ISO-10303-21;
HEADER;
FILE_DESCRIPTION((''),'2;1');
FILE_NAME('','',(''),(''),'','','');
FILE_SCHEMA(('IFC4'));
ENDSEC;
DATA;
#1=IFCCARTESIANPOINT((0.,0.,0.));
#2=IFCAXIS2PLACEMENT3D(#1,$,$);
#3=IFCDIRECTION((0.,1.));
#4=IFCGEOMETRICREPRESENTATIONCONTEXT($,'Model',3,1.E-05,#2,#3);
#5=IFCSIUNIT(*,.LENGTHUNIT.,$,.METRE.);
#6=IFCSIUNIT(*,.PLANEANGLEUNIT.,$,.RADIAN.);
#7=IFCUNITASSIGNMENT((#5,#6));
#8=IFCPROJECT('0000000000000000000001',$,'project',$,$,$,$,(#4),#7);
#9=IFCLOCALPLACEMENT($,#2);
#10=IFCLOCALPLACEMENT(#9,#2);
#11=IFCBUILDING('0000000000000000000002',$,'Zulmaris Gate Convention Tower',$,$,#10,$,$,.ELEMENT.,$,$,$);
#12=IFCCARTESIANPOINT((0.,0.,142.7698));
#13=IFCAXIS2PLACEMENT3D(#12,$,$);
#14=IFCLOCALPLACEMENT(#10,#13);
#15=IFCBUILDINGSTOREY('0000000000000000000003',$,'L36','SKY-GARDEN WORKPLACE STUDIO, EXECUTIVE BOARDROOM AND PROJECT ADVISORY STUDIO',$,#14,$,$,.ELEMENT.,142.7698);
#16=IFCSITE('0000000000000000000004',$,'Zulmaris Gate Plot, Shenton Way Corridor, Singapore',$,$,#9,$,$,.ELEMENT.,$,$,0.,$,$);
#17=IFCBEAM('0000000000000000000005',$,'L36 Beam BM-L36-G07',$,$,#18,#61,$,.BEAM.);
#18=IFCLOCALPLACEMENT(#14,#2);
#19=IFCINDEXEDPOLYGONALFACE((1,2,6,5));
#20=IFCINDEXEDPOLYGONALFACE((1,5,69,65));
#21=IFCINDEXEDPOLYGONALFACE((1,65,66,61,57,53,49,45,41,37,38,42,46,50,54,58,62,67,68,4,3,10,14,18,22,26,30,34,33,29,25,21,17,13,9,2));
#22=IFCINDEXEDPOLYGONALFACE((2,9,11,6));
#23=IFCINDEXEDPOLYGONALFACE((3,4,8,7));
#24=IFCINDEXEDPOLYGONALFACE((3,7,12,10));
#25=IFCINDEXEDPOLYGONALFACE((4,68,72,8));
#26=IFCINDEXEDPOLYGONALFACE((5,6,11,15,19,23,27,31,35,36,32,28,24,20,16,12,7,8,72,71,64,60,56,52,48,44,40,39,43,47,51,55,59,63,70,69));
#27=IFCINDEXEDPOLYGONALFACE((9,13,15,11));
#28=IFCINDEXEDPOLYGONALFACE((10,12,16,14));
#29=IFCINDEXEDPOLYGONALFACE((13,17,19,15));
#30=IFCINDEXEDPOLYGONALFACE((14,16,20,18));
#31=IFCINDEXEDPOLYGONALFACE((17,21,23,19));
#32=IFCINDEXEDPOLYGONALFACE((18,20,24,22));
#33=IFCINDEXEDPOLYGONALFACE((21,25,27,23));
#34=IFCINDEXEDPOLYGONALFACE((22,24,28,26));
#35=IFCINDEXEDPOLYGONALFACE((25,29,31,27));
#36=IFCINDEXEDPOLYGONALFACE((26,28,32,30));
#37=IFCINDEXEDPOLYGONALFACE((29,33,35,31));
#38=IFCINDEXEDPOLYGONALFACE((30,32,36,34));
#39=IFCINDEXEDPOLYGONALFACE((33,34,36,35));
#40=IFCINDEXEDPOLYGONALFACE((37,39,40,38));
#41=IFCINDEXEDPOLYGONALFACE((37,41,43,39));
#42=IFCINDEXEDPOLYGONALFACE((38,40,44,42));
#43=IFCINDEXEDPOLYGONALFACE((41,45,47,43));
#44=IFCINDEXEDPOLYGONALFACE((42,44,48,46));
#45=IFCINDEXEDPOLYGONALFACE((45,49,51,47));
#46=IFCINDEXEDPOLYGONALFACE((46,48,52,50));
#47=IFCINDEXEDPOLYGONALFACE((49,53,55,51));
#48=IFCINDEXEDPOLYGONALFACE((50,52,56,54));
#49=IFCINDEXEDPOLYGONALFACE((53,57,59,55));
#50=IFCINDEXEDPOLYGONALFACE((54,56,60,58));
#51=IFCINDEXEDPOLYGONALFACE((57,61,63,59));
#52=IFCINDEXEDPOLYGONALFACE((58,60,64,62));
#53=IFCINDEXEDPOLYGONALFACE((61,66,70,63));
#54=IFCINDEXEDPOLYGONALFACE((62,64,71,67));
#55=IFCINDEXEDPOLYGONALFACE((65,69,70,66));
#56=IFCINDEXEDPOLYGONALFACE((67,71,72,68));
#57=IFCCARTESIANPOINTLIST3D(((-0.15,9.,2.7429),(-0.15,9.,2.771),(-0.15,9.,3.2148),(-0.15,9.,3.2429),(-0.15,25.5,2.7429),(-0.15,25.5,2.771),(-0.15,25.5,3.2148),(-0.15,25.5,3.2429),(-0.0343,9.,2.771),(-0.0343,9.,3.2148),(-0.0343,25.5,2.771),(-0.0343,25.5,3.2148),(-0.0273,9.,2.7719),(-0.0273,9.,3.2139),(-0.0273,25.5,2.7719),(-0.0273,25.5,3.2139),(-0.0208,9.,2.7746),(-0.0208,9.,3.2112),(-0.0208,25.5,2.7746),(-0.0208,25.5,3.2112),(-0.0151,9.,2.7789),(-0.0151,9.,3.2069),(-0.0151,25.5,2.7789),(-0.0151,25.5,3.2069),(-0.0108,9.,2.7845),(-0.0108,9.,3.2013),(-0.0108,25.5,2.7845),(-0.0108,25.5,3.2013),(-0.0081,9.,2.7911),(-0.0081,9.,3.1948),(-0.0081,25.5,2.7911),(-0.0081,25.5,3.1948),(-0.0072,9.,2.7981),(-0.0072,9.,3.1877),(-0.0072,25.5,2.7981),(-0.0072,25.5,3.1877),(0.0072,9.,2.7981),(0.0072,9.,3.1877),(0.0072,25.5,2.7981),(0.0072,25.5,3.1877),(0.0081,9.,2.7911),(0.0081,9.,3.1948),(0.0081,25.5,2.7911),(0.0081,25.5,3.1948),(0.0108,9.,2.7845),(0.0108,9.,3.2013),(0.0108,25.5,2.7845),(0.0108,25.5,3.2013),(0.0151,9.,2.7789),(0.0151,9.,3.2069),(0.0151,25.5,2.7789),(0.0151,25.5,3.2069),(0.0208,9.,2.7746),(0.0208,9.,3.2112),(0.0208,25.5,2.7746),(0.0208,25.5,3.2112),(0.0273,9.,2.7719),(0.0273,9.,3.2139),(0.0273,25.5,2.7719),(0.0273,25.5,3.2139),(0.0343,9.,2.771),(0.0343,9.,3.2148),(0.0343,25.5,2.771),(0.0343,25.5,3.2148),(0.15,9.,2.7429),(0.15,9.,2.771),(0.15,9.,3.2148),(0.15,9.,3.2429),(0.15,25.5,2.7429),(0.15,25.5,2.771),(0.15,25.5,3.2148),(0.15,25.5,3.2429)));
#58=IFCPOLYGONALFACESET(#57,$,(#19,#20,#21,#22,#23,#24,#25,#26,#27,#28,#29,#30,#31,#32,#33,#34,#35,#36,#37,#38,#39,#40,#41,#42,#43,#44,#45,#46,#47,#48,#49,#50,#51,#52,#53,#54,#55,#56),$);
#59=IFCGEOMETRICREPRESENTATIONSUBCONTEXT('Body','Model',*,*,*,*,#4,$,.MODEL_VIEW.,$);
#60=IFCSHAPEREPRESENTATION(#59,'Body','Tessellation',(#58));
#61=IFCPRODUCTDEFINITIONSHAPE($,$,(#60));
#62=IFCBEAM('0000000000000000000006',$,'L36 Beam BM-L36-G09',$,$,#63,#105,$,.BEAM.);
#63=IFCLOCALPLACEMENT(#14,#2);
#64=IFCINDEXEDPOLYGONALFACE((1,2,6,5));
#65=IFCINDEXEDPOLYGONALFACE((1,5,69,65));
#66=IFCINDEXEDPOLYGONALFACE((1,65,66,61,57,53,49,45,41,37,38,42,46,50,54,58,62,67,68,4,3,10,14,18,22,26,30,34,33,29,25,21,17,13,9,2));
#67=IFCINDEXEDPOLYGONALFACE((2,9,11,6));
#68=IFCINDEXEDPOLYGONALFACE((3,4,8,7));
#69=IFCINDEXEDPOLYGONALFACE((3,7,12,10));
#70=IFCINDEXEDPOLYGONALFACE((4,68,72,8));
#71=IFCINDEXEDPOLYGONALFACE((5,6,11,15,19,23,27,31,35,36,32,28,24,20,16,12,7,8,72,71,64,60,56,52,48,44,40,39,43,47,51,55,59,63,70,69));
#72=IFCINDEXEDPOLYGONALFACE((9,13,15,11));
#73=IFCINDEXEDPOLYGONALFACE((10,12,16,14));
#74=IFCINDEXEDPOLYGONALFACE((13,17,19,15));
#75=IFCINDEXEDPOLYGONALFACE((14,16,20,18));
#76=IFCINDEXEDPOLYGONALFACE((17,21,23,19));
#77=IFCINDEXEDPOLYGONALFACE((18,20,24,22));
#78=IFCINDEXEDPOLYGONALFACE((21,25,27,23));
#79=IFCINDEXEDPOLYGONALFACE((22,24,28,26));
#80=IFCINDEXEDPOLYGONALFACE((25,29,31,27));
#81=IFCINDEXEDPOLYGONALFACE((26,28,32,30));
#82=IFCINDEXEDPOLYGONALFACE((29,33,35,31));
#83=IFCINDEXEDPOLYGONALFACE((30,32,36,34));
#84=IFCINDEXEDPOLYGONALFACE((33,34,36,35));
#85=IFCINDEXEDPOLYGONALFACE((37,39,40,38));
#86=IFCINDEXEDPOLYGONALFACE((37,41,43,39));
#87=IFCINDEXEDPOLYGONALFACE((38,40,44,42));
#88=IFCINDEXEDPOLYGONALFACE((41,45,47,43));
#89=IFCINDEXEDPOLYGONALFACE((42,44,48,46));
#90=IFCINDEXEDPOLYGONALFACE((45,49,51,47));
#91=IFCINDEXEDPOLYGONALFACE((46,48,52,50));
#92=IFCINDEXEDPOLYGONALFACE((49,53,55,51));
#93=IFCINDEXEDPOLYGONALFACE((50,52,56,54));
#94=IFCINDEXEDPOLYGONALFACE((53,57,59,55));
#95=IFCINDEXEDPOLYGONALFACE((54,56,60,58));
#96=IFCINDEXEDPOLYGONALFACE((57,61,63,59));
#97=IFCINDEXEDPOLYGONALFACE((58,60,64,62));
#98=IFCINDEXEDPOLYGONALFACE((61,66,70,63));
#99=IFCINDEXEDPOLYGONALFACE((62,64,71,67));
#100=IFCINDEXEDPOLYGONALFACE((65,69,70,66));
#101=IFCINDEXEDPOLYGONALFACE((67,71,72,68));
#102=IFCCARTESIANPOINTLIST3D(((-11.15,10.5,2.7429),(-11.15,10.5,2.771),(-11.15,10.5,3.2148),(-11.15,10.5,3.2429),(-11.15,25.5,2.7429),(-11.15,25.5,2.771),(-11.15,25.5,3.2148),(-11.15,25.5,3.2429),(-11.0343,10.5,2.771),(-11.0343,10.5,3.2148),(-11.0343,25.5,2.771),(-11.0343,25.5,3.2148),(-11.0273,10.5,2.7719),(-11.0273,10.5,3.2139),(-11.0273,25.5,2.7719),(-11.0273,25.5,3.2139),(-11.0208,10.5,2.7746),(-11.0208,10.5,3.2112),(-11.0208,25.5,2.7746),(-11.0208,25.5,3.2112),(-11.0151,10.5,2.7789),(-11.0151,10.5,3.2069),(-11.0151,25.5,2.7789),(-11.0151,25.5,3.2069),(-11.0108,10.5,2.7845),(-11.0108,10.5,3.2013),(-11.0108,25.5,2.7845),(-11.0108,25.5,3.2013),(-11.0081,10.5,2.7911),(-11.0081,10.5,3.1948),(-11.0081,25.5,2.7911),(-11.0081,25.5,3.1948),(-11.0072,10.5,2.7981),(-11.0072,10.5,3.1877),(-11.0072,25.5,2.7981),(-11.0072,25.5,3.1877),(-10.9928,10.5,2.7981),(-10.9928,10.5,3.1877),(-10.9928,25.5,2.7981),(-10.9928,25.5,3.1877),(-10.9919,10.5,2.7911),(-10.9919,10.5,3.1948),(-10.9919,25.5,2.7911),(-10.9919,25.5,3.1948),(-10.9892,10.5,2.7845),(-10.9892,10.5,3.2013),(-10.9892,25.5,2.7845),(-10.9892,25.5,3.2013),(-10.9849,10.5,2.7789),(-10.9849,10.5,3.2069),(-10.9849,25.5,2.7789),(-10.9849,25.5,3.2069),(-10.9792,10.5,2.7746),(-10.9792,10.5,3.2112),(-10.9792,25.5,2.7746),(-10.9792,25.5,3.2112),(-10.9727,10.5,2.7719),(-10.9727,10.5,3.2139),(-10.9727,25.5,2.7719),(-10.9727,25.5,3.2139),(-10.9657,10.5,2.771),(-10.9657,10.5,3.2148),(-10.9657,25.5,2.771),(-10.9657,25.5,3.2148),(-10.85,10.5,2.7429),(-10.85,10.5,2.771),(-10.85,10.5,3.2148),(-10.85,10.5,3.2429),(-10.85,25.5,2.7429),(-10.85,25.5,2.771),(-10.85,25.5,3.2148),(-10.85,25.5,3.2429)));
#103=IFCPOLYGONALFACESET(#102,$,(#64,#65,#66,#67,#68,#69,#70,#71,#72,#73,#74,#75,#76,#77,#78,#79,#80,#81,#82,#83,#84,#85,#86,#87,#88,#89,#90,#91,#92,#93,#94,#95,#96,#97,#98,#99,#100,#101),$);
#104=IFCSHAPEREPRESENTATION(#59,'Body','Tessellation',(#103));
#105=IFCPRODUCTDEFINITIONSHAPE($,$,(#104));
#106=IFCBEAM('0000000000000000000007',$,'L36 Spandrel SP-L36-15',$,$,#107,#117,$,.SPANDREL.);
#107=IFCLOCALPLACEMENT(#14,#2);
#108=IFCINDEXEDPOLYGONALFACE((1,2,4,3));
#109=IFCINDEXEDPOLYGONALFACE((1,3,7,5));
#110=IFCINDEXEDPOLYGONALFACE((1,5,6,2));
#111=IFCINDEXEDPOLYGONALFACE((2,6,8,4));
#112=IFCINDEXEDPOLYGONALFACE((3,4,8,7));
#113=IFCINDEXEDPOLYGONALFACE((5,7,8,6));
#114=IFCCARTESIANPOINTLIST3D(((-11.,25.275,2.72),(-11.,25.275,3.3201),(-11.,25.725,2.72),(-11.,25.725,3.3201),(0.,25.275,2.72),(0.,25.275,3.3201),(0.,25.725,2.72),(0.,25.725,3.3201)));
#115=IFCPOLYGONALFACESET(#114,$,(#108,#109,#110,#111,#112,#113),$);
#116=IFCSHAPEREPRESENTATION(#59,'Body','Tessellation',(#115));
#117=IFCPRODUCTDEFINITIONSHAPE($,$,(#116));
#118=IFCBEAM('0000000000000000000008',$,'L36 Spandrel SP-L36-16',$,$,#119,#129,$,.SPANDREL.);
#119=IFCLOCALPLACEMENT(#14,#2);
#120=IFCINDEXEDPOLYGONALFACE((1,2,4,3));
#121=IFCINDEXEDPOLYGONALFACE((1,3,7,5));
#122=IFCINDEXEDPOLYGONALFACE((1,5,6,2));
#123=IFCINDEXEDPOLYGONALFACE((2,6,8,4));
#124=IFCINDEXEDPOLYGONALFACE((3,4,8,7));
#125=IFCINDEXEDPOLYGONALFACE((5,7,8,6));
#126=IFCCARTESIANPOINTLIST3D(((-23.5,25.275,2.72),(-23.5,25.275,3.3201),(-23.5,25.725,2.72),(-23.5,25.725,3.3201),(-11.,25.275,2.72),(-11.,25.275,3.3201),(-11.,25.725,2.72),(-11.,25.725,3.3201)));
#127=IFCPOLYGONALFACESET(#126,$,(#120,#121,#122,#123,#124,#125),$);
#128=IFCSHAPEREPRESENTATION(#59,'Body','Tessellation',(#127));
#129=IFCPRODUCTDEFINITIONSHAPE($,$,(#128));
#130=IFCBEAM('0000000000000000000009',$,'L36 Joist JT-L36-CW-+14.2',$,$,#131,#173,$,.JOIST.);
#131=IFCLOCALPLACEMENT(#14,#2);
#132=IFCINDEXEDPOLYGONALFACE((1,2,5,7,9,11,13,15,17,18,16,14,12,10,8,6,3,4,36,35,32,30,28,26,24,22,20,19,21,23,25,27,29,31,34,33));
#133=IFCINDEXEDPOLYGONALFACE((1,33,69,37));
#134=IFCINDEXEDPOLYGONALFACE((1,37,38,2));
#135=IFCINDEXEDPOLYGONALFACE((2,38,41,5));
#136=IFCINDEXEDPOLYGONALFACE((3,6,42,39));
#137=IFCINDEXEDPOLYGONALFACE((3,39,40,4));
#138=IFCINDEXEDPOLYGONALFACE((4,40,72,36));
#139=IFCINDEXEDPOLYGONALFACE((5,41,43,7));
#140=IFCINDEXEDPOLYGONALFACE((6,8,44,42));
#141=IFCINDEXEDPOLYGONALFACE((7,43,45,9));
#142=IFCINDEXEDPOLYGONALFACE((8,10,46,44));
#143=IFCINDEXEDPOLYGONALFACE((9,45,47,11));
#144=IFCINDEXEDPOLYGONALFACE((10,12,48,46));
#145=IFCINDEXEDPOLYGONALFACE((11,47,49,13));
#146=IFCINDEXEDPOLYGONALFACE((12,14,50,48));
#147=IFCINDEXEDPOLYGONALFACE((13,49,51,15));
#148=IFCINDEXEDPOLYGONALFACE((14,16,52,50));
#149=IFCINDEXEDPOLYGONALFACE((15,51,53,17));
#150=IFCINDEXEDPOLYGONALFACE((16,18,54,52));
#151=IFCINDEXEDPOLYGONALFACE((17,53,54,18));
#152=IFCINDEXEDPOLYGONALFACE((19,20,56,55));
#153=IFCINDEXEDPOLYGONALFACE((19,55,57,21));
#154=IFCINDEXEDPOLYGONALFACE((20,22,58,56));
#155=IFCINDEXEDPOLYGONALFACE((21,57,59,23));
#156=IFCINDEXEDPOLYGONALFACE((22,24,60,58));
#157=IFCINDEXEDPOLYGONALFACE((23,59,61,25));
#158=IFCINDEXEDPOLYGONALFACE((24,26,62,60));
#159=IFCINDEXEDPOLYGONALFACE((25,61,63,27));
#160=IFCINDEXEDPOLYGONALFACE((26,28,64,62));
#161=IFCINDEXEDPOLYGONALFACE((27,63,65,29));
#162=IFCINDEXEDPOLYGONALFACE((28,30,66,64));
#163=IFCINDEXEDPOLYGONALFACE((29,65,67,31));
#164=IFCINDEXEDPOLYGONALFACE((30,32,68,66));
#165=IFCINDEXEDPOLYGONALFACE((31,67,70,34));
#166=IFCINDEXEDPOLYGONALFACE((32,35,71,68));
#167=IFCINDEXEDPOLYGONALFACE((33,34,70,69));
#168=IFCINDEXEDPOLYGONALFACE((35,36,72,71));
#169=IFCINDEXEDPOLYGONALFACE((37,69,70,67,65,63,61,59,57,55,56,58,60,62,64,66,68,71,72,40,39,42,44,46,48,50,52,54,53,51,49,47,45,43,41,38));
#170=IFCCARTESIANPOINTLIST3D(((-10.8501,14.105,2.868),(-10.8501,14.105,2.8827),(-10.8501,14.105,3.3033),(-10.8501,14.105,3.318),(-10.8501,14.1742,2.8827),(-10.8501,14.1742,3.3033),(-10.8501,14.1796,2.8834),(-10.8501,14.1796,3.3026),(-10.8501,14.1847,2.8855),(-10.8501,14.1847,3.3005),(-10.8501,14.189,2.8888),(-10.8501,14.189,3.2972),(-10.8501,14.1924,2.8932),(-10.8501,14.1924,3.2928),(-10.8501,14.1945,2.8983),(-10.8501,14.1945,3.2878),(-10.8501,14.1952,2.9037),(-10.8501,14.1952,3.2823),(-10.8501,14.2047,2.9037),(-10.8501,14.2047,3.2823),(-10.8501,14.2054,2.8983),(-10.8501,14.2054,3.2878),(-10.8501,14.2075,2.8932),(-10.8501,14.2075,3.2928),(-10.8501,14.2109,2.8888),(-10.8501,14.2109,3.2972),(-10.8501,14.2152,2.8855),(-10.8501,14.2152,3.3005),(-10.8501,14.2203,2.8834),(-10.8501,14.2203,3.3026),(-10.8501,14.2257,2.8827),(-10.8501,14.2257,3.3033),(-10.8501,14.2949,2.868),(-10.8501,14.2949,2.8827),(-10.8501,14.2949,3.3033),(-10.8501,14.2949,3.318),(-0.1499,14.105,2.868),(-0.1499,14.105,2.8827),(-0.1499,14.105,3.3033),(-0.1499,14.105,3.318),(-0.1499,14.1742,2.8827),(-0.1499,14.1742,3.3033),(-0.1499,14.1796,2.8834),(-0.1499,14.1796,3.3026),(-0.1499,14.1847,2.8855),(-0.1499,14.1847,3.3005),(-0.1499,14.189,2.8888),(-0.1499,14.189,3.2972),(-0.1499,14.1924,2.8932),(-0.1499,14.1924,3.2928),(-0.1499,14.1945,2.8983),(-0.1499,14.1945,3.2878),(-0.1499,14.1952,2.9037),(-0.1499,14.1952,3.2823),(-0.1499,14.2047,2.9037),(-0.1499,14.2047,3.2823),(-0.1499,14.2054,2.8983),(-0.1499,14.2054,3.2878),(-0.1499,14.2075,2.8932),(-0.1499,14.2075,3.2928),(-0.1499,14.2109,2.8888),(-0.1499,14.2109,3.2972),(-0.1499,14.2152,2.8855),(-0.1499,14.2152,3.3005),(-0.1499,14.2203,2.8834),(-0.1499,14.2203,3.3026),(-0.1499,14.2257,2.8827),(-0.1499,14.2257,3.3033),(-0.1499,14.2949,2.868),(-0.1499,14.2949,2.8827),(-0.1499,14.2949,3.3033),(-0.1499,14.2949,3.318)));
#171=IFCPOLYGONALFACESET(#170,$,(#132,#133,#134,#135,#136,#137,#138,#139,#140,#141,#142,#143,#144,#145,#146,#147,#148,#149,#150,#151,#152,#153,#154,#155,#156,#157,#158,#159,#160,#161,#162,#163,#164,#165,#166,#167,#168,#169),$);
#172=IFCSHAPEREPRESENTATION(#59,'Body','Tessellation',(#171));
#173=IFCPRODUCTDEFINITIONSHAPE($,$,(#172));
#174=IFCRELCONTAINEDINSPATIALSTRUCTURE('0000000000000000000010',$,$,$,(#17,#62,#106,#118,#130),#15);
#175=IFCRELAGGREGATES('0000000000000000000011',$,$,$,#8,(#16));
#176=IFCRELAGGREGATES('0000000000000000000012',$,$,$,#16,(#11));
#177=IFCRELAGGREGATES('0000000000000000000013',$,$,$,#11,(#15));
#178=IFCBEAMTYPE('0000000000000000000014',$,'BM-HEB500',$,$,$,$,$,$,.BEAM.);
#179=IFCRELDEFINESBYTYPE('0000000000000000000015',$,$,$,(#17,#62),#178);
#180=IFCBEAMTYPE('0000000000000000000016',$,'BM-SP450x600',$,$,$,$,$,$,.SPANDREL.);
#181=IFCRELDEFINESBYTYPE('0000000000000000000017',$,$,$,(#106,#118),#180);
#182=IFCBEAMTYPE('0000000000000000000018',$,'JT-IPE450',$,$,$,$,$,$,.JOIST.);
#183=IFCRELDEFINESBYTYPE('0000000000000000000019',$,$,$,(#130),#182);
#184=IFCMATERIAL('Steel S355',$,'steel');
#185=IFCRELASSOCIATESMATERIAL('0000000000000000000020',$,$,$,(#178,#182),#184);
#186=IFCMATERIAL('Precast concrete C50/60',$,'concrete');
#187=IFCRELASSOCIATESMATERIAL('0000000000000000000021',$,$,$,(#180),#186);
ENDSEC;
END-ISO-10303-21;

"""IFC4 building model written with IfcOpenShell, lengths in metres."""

from ifc_helpers import new_model, si_unit, direction, frame, origin, origin_2d, place, context, subcontext, project, spatial, rectangle, i_section, extrude, material, material_profile, profile_set, type_object, element, save


model = new_model("IFC4")

# Units and contexts
model_context = context("Model", 3, precision=1e-05, world=origin(), true_north=direction((0.0, 1.0)))
body_context = subcontext(model_context, "Body", "Model", "MODEL_VIEW")
ifc_project = project(units=[si_unit("LENGTHUNIT", "METRE"), si_unit("PLANEANGLEUNIT", "RADIAN")], contexts=[model_context])

# Site, building, storey
site_placement = place(None, origin())
site = spatial("IfcSite", under=ifc_project, at=site_placement, Name="Zulmaris Gate Plot, Shenton Way Corridor, Singapore", CompositionType="ELEMENT", RefElevation=0.0)
building_placement = place(site_placement, origin())
building = spatial("IfcBuilding", under=site, at=building_placement, Name="Zulmaris Gate Convention Tower", CompositionType="ELEMENT")
storey_placement = place(building_placement, frame((0.0, 0.0, 142.7698)))
storey = spatial("IfcBuildingStorey", under=building, at=storey_placement, Name="L36", Description="SKY-GARDEN WORKPLACE STUDIO, EXECUTIVE BOARDROOM AND PROJECT ADVISORY STUDIO", CompositionType="ELEMENT", Elevation=142.7698)

# Beams
ifc_material_1 = material(Name="Steel S355", Category="steel")
ifc_material_profile_1 = material_profile(ifc_material_1, i_section(OverallWidth=0.3, OverallDepth=0.5, WebThickness=0.0144, FlangeThickness=0.0281, FilletRadius=0.0271, at=origin_2d()), Name="HEB 500")
ifc_profile_set_1 = profile_set([ifc_material_profile_1], Name="Steel S355")
beam_type_1 = type_object("IfcBeamType", Name="BM-HEB500", PredefinedType="BEAM", material=ifc_profile_set_1)
beam_1_placement = place(storey_placement, frame((0.0, 9.0, 2.9929), z_axis=(0.0, 1.0, 0.0), x_axis=(-1.0, 0.0, 0.0)))
element("IfcBeam", 1, at=beam_1_placement, inside=storey, type_object=beam_type_1, Name="L36 Beam BM-L36-G07", PredefinedType="BEAM", context=body_context, shape_type="SweptSolid", body=[
    extrude(i_section(OverallWidth=0.3, OverallDepth=0.5, WebThickness=0.0144, FlangeThickness=0.0281, FilletRadius=0.0271, at=origin_2d()), origin(), (0.0, 0.0, 1.0), 16.5),
])
beam_2_placement = place(storey_placement, frame((-11.0, 10.5, 2.9929), z_axis=(0.0, 1.0, 0.0), x_axis=(-1.0, 0.0, 0.0)))
element("IfcBeam", 2, at=beam_2_placement, inside=storey, type_object=beam_type_1, Name="L36 Beam BM-L36-G09", PredefinedType="BEAM", context=body_context, shape_type="SweptSolid", body=[
    extrude(i_section(OverallWidth=0.3, OverallDepth=0.5, WebThickness=0.0144, FlangeThickness=0.0281, FilletRadius=0.0271, at=origin_2d()), origin(), (0.0, 0.0, 1.0), 15.0),
])
ifc_material_2 = material(Name="Precast concrete C50/60", Category="concrete")
ifc_material_profile_2 = material_profile(ifc_material_2, rectangle(XDim=0.45, YDim=0.6001, at=origin_2d()), Name="RC SPANDREL 450x600")
ifc_profile_set_2 = profile_set([ifc_material_profile_2], Name="Precast concrete C50/60")
beam_type_2 = type_object("IfcBeamType", Name="BM-SP450x600", PredefinedType="SPANDREL", material=ifc_profile_set_2)
beam_3_placement = place(storey_placement, frame((0.0, 25.5, 3.02), z_axis=(-1.0, 0.0, 0.0), x_axis=(0.0, -1.0, 0.0)))
element("IfcBeam", 3, at=beam_3_placement, inside=storey, type_object=beam_type_2, Name="L36 Spandrel SP-L36-15", PredefinedType="SPANDREL", context=body_context, shape_type="SweptSolid", body=[
    extrude(rectangle(XDim=0.45, YDim=0.6001, at=origin_2d()), origin(), (0.0, 0.0, 1.0), 11.0),
])
beam_4_placement = place(storey_placement, frame((-11.0, 25.5, 3.02), z_axis=(-1.0, 0.0, 0.0), x_axis=(0.0, -1.0, 0.0)))
element("IfcBeam", 4, at=beam_4_placement, inside=storey, type_object=beam_type_2, Name="L36 Spandrel SP-L36-16", PredefinedType="SPANDREL", context=body_context, shape_type="SweptSolid", body=[
    extrude(rectangle(XDim=0.45, YDim=0.6001, at=origin_2d()), origin(), (0.0, 0.0, 1.0), 12.5),
])
ifc_material_profile_3 = material_profile(ifc_material_1, i_section(OverallWidth=0.1899, OverallDepth=0.45, WebThickness=0.0095, FlangeThickness=0.0146, FilletRadius=0.021, at=origin_2d()), Name="IPE 450")
ifc_profile_set_3 = profile_set([ifc_material_profile_3], Name="Steel S355")
beam_type_3 = type_object("IfcBeamType", Name="JT-IPE450", PredefinedType="JOIST", material=ifc_profile_set_3)
for number, where, z_axis, x_axis, name in (
    (5, (-10.8501, 14.2, 3.093), (1.0, 0.0, 0.0), (0.0, 1.0, 0.0), "L36 Joist JT-L36-CW-+14.2"),
):
    element("IfcBeam", number, at=place(storey_placement, frame(where, z_axis=z_axis, x_axis=x_axis)), inside=storey, type_object=beam_type_3, Name=name, PredefinedType="JOIST", context=body_context, shape_type="SweptSolid", body=[
        extrude(i_section(OverallWidth=0.1899, OverallDepth=0.45, WebThickness=0.0095, FlangeThickness=0.0146, FilletRadius=0.021, at=origin_2d()), origin(), (0.0, 0.0, 1.0), 10.7002),
    ])

save(model, "model.ifc")
